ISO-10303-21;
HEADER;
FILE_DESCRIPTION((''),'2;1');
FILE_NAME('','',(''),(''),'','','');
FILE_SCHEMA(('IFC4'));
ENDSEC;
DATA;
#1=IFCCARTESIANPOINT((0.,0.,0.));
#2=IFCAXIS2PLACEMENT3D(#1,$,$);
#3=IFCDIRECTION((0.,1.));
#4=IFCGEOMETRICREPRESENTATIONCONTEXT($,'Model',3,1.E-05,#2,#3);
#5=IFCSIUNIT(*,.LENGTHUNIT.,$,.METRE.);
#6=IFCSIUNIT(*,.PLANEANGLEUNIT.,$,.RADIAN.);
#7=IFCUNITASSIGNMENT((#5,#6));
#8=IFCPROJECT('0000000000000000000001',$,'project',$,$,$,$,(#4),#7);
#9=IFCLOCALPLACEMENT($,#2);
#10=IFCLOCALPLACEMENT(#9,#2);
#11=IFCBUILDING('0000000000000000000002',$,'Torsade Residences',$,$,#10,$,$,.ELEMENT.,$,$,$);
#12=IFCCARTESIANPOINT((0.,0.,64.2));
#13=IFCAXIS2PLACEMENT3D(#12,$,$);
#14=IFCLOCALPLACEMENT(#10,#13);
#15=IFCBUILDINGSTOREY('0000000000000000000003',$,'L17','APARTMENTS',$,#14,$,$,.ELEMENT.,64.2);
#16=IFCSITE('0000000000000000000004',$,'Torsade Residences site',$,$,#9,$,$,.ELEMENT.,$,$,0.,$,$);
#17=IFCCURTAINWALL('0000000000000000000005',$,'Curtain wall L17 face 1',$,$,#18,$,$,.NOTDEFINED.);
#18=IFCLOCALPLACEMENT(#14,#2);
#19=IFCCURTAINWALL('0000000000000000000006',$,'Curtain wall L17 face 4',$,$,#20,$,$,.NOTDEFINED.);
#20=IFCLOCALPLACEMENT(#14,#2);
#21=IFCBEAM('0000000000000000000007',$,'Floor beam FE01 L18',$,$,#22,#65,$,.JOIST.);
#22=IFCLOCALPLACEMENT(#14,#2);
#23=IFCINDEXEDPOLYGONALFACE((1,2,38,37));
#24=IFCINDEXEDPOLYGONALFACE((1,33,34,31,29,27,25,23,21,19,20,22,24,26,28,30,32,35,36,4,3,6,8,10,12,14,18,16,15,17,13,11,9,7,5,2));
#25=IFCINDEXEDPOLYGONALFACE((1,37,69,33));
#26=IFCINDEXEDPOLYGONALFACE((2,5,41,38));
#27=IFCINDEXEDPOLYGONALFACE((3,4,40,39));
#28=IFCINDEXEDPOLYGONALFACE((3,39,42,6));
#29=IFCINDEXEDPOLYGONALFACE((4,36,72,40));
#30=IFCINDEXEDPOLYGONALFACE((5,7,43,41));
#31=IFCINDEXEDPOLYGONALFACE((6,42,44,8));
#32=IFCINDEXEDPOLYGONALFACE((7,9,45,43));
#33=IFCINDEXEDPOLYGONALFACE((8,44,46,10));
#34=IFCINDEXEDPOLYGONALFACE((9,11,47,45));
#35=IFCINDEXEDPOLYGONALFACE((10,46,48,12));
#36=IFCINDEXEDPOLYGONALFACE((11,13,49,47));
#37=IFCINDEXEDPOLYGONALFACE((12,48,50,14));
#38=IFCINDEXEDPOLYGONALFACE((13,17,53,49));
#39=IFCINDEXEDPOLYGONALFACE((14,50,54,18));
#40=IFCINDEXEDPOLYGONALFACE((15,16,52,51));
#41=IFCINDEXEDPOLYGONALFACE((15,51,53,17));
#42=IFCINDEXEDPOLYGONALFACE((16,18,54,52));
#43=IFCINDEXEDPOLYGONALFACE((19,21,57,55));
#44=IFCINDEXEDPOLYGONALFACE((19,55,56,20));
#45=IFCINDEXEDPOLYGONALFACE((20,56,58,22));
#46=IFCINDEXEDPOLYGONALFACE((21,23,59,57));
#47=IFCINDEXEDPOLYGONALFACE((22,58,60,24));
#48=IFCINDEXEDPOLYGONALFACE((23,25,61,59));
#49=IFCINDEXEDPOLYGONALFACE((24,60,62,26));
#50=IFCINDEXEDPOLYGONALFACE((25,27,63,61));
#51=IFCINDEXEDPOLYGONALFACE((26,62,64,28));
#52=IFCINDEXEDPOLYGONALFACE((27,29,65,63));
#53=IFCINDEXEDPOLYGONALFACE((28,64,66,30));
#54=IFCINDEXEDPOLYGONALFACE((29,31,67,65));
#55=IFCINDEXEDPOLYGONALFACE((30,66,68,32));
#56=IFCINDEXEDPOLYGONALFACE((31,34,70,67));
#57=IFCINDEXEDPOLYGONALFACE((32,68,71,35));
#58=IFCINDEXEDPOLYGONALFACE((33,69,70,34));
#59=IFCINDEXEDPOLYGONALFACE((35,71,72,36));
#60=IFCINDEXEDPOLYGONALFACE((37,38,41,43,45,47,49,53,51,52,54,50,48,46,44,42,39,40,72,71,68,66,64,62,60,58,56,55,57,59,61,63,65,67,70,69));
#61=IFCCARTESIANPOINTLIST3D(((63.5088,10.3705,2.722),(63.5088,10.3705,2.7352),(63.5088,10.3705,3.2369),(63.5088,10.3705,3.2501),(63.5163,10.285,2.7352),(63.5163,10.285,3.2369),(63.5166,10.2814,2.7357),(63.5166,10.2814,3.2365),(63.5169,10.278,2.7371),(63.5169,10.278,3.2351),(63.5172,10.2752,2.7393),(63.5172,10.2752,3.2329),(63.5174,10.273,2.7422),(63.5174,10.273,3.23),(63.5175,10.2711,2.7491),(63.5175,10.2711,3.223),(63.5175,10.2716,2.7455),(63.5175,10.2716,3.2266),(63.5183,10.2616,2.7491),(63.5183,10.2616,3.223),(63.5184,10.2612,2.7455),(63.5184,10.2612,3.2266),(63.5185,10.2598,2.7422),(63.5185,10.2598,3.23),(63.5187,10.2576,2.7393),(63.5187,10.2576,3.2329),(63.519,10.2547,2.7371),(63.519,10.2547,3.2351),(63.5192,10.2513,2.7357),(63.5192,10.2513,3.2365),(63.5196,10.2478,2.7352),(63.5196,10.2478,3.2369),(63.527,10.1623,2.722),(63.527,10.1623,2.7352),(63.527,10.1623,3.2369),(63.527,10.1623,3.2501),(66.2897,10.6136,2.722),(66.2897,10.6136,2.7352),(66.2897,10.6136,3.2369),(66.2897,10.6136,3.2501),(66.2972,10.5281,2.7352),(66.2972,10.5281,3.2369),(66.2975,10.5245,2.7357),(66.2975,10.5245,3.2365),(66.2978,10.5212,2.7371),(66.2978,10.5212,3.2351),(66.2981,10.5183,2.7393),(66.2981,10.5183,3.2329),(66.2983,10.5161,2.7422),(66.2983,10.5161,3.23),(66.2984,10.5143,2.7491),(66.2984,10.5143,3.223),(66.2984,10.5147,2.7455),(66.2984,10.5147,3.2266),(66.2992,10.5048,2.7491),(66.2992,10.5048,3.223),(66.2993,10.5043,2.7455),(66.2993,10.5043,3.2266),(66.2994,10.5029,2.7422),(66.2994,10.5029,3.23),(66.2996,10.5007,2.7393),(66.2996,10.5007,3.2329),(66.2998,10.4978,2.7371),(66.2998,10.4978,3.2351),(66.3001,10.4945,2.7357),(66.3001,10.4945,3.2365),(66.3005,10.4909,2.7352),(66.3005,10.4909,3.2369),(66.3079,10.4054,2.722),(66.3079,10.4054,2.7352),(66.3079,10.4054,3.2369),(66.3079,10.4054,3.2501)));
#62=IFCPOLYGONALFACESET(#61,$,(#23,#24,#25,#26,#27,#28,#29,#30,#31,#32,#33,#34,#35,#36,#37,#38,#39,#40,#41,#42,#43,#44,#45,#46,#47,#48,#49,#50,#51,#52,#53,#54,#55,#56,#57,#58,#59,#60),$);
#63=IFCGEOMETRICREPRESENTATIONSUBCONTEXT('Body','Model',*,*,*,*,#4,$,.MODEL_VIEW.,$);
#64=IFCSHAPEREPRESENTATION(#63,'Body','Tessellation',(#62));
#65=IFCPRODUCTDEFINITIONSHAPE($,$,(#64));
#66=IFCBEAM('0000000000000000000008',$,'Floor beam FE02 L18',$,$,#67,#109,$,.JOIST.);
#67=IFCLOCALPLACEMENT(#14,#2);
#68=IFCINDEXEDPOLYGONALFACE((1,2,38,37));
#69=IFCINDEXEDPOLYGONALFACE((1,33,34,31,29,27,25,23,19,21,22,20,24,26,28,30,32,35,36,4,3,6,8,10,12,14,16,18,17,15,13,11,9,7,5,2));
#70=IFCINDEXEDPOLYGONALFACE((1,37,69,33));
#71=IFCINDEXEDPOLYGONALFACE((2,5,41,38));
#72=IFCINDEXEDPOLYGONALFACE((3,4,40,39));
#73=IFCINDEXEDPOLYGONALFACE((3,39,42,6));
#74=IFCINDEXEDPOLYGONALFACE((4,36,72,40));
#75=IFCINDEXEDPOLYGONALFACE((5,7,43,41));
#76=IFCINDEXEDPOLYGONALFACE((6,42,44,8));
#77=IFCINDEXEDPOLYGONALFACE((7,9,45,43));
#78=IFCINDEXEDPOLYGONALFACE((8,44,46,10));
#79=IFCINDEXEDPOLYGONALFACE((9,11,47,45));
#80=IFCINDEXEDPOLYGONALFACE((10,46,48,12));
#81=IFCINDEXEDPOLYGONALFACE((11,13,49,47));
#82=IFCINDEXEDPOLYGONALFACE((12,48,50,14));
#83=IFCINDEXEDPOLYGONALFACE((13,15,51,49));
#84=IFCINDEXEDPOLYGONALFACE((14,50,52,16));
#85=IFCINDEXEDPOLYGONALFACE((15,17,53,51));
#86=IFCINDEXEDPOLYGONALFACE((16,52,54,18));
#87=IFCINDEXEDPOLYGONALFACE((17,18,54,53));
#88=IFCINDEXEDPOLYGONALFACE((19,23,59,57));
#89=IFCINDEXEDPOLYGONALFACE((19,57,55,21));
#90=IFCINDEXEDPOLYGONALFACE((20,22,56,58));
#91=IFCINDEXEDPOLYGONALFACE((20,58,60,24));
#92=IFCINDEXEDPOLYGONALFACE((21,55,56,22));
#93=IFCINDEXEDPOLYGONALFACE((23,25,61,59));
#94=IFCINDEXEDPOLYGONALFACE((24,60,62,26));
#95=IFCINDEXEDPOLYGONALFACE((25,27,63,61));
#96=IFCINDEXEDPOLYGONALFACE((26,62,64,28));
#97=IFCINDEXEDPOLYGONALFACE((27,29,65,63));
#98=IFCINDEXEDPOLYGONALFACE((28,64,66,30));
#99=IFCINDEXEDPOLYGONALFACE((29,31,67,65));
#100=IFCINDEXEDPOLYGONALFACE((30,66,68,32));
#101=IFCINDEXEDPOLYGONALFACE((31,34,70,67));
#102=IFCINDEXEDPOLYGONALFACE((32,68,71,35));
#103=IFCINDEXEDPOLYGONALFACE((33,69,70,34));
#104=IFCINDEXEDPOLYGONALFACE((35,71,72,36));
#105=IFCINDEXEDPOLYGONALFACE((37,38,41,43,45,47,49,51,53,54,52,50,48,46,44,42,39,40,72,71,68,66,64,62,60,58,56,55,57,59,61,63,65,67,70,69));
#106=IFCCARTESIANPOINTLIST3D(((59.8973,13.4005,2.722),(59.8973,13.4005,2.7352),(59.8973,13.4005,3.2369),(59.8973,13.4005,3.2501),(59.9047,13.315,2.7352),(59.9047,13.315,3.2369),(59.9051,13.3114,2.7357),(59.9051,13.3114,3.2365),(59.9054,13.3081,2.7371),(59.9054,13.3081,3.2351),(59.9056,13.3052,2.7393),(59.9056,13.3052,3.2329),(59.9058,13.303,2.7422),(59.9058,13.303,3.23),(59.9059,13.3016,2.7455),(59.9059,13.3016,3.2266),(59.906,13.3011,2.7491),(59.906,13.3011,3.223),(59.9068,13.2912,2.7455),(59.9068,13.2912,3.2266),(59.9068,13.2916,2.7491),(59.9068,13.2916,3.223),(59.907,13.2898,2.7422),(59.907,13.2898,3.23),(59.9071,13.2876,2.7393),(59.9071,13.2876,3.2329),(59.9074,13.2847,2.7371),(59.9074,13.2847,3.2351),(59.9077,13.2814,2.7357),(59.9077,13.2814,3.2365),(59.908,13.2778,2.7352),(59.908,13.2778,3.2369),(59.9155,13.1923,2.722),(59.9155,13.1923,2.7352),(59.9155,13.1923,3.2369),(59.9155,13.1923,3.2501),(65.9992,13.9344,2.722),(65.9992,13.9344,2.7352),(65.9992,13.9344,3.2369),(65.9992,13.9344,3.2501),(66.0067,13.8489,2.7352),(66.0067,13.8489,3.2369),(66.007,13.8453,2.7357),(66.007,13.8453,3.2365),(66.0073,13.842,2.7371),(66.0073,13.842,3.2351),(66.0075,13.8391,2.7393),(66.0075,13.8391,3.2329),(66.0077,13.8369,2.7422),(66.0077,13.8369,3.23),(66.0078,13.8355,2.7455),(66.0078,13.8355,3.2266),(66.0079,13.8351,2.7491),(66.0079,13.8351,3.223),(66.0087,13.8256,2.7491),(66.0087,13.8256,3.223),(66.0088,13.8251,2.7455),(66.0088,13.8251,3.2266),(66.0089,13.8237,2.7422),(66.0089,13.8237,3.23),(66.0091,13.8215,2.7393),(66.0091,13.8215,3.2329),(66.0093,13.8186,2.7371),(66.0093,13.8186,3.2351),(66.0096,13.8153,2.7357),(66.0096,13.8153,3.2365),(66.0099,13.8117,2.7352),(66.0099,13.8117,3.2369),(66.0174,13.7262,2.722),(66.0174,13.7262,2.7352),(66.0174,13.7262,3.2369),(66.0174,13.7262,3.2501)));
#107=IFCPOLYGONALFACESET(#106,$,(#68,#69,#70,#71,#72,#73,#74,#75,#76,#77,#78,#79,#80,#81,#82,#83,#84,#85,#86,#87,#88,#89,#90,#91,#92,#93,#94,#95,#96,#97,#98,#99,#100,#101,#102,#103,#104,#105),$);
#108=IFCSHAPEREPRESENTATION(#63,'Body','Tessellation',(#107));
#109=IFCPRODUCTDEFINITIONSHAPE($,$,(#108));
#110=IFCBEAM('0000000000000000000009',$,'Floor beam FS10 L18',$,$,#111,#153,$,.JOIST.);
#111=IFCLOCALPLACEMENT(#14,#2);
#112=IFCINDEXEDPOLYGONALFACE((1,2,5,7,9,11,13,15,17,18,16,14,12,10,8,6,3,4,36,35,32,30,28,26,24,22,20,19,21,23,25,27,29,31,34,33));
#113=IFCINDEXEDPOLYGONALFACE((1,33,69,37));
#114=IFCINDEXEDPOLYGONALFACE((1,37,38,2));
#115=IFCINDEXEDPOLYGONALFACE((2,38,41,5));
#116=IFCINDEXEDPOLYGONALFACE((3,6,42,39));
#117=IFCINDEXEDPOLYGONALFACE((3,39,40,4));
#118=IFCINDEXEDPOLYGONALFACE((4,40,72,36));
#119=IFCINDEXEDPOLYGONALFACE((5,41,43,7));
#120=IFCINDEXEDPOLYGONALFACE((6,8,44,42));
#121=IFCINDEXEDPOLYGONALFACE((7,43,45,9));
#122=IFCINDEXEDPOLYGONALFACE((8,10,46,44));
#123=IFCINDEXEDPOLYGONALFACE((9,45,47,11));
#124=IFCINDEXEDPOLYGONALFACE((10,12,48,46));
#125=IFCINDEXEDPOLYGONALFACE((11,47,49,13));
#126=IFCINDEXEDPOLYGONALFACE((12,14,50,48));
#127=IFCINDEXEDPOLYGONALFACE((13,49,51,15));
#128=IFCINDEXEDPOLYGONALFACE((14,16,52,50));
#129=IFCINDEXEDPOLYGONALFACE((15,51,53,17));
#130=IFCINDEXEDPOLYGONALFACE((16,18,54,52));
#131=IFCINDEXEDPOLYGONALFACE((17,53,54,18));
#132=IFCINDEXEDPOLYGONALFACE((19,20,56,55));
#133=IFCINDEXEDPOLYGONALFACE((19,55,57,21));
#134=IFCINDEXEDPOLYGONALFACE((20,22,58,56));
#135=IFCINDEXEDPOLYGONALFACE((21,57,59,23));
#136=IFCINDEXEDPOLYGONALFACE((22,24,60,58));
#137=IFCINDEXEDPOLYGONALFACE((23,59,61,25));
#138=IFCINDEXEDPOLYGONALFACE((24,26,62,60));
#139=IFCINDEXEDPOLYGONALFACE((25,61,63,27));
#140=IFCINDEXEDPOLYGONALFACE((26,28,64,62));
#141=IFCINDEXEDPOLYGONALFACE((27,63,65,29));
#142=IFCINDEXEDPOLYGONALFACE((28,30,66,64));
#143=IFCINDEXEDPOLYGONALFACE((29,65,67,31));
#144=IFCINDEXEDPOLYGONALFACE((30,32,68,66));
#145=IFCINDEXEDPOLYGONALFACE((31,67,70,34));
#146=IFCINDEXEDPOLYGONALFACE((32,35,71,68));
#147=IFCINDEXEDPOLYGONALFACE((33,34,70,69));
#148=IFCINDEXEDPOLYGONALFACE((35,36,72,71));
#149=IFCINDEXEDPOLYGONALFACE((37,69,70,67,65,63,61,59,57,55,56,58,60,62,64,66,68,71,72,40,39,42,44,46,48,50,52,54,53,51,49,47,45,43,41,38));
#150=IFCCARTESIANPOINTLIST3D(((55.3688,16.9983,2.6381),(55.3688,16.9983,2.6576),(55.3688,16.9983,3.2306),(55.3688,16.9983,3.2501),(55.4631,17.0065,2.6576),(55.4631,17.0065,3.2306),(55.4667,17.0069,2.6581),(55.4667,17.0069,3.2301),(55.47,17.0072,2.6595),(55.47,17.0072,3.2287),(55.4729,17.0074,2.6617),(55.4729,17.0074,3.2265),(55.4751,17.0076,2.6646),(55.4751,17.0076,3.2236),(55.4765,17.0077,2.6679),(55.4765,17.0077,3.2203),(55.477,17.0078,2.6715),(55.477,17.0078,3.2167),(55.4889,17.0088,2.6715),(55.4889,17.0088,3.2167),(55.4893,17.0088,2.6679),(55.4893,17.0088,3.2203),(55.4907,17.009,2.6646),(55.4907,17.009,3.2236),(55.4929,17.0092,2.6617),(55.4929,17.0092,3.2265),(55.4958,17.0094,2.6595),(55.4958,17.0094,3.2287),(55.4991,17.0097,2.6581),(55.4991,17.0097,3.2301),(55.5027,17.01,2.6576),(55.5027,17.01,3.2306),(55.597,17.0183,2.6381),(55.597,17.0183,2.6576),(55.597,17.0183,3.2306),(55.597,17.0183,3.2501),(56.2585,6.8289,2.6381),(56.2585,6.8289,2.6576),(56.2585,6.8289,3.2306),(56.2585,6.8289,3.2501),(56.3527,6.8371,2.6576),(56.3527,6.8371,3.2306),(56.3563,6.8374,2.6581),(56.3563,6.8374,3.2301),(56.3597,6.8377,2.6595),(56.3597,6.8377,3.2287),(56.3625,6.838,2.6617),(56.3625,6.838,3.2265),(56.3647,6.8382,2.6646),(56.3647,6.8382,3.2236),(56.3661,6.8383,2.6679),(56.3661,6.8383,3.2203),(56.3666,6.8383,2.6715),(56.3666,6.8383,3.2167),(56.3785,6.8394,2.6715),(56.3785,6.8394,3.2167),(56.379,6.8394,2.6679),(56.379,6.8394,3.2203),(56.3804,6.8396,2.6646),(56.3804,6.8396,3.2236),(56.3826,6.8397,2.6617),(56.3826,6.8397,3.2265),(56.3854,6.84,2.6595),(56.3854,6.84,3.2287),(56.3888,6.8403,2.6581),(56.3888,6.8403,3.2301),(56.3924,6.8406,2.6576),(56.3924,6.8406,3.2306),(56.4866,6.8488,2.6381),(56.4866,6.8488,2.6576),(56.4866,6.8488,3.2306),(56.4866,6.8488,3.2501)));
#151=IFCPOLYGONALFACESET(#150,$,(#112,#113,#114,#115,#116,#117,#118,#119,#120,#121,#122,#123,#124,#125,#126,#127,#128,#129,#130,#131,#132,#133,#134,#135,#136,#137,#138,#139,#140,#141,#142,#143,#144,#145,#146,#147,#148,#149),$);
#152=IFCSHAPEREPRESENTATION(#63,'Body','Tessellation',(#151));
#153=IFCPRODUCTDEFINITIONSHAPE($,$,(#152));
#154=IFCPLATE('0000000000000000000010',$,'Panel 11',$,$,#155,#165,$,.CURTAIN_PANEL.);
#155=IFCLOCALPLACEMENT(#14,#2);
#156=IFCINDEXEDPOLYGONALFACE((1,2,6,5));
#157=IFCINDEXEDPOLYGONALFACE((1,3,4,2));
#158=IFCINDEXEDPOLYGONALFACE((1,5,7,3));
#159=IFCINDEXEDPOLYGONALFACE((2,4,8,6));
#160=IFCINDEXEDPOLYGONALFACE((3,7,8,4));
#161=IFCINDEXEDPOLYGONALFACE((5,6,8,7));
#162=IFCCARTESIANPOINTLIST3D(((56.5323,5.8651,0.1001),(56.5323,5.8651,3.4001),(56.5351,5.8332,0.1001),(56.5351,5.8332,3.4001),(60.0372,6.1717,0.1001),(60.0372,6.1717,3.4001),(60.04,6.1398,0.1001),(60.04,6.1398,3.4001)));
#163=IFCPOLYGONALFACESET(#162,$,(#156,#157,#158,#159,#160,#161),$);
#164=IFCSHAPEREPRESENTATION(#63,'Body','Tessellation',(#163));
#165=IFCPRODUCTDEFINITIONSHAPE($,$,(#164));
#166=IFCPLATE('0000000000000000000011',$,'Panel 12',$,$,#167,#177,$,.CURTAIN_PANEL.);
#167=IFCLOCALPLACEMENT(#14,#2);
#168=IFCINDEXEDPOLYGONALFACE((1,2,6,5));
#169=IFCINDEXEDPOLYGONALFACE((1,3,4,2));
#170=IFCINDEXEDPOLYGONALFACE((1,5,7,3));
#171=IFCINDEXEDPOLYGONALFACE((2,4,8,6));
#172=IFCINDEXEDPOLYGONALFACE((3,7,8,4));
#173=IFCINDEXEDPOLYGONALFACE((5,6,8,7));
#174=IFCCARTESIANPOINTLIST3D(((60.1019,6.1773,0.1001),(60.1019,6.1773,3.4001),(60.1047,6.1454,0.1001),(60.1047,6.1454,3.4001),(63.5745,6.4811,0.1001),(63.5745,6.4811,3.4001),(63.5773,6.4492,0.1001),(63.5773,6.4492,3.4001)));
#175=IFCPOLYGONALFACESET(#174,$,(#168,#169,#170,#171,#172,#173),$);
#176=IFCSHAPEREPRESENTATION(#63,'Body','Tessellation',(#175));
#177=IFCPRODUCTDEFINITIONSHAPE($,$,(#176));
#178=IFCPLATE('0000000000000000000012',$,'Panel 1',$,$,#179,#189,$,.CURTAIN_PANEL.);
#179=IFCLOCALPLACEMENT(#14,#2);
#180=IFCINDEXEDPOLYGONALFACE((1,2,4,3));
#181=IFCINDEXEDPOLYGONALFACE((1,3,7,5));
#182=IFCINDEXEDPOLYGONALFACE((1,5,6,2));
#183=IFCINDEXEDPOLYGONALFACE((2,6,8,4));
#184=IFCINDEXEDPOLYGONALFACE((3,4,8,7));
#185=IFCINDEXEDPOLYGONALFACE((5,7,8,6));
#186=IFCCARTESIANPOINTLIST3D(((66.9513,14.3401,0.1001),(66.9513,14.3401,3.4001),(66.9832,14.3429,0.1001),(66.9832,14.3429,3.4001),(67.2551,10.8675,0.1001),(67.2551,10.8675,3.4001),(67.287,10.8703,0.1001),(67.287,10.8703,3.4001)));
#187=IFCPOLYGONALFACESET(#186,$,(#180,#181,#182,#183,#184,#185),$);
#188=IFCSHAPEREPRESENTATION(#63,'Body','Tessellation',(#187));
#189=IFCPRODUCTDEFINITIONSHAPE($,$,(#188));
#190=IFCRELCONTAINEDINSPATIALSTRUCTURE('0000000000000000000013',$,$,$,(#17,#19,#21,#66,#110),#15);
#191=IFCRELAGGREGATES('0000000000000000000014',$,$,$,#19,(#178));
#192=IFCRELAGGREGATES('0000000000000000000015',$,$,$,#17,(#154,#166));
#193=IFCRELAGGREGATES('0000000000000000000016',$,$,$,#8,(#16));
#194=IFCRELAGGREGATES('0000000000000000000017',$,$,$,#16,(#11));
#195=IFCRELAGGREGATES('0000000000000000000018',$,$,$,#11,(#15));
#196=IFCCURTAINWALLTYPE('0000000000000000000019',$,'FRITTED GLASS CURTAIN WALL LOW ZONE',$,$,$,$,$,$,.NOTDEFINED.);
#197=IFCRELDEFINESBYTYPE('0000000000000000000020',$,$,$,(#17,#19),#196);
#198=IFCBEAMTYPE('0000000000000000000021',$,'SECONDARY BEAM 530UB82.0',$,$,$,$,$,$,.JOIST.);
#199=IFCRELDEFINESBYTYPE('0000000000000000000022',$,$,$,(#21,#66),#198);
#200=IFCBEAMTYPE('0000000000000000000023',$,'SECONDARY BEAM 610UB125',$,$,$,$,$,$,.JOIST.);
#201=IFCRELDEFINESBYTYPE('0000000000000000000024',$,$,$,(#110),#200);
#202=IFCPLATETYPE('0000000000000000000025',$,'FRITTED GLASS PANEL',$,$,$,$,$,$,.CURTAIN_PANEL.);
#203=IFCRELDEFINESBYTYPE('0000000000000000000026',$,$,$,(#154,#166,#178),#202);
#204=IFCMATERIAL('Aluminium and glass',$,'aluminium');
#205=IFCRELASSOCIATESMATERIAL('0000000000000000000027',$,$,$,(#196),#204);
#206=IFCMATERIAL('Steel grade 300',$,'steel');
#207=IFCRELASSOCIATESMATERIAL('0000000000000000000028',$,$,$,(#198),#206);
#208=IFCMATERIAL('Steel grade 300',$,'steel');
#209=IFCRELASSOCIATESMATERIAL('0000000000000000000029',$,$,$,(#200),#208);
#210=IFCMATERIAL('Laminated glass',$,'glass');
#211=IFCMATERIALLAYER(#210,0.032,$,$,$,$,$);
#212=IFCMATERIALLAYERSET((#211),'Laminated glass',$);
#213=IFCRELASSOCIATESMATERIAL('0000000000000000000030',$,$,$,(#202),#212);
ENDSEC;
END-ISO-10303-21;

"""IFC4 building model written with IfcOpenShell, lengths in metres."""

from ifc_helpers import new_model, si_unit, direction, frame, origin, origin_2d, place, context, subcontext, project, spatial, rectangle, i_section, extrude, material, layer, layer_set, material_profile, profile_set, type_object, element, aggregate, save


model = new_model("IFC4")

# Units and contexts
model_context = context("Model", 3, precision=1e-05, world=origin(), true_north=direction((0.0, 1.0)))
body_context = subcontext(model_context, "Body", "Model", "MODEL_VIEW")
ifc_project = project(units=[si_unit("LENGTHUNIT", "METRE"), si_unit("PLANEANGLEUNIT", "RADIAN")], contexts=[model_context])

# Site, building, storey
site_placement = place(None, origin())
site = spatial("IfcSite", under=ifc_project, at=site_placement, Name="Torsade Residences site", CompositionType="ELEMENT", RefElevation=0.0)
building_placement = place(site_placement, origin())
building = spatial("IfcBuilding", under=site, at=building_placement, Name="Torsade Residences", CompositionType="ELEMENT")
storey_placement = place(building_placement, frame((0.0, 0.0, 64.2)))
storey = spatial("IfcBuildingStorey", under=building, at=storey_placement, Name="L17", Description="APARTMENTS", CompositionType="ELEMENT", Elevation=64.2)

# Curtain wall
ifc_material_1 = material(Name="Aluminium and glass", Category="aluminium")
curtain_wall_type = type_object("IfcCurtainWallType", Name="FRITTED GLASS CURTAIN WALL LOW ZONE", PredefinedType="NOTDEFINED", material=ifc_material_1)
curtain_wall_1_placement = place(storey_placement, origin())
curtain_wall_1 = element("IfcCurtainWall", 1, at=curtain_wall_1_placement, inside=storey, type_object=curtain_wall_type, Name="Curtain wall L17 face 1", PredefinedType="NOTDEFINED")

# Curtain wall
curtain_wall_2_placement = place(storey_placement, origin())
curtain_wall_2 = element("IfcCurtainWall", 2, at=curtain_wall_2_placement, inside=storey, type_object=curtain_wall_type, Name="Curtain wall L17 face 4", PredefinedType="NOTDEFINED")

# Beams
ifc_material_2 = material(Name="Steel grade 300", Category="steel")
ifc_material_profile_1 = material_profile(ifc_material_2, i_section(OverallWidth=0.209, OverallDepth=0.5281, WebThickness=0.0095, FlangeThickness=0.0132, FilletRadius=0.0139, at=origin_2d()), Name="530UB82.0")
ifc_profile_set_1 = profile_set([ifc_material_profile_1], Name="Steel grade 300")
beam_type_1 = type_object("IfcBeamType", Name="SECONDARY BEAM 530UB82.0", PredefinedType="JOIST", material=ifc_profile_set_1)
for number, where, z_axis, x_axis, name in (
    (3, (66.2988, 10.5095, 2.9861), (-0.996199, -0.087105, 0.0), (0.087105, -0.996199, 0.0), "Floor beam FE01 L18"),
):
    element("IfcBeam", number, at=place(storey_placement, frame(where, z_axis=z_axis, x_axis=x_axis)), inside=storey, type_object=beam_type_1, Name=name, PredefinedType="JOIST", context=body_context, shape_type="SweptSolid", body=[
        extrude(i_section(OverallWidth=0.209, OverallDepth=0.5281, WebThickness=0.0095, FlangeThickness=0.0132, FilletRadius=0.0139, at=origin_2d()), origin(), (0.0, 0.0, 1.0), 2.7915),
    ])
beam_1_placement = place(storey_placement, frame((66.0083, 13.8303, 2.9861), z_axis=(-0.996193, -0.087171, 0.0), x_axis=(0.087171, -0.996193, 0.0)))
element("IfcBeam", 4, at=beam_1_placement, inside=storey, type_object=beam_type_1, Name="Floor beam FE02 L18", PredefinedType="JOIST", context=body_context, shape_type="SweptSolid", body=[
    extrude(i_section(OverallWidth=0.209, OverallDepth=0.5281, WebThickness=0.0095, FlangeThickness=0.0132, FilletRadius=0.0139, at=origin_2d()), origin(), (0.0, 0.0, 1.0), 6.1252),
])
ifc_material_3 = material(Name="Steel grade 300", Category="steel")
ifc_material_profile_2 = material_profile(ifc_material_3, i_section(OverallWidth=0.229, OverallDepth=0.6121, WebThickness=0.012, FlangeThickness=0.0195, FilletRadius=0.0139, at=origin_2d()), Name="610UB125")
ifc_profile_set_2 = profile_set([ifc_material_profile_2], Name="Steel grade 300")
beam_type_2 = type_object("IfcBeamType", Name="SECONDARY BEAM 610UB125", PredefinedType="JOIST", material=ifc_profile_set_2)
beam_2_placement = place(storey_placement, frame((56.3726, 6.8389, 2.9441), z_axis=(-0.08715, 0.996195, 0.0), x_axis=(-0.996195, -0.08715, 0.0)))
element("IfcBeam", 5, at=beam_2_placement, inside=storey, type_object=beam_type_2, Name="Floor beam FS10 L18", PredefinedType="JOIST", context=body_context, shape_type="SweptSolid", body=[
    extrude(i_section(OverallWidth=0.229, OverallDepth=0.6121, WebThickness=0.012, FlangeThickness=0.0195, FilletRadius=0.0139, at=origin_2d()), origin(), (0.0, 0.0, 1.0), 10.2083),
])

# Plates
ifc_material_4 = material(Name="Laminated glass", Category="glass")
ifc_layer_1 = layer(ifc_material_4, 0.032)
ifc_layer_set_1 = layer_set([ifc_layer_1], Name="Laminated glass")
plate_type_1 = type_object("IfcPlateType", Name="FRITTED GLASS PANEL", PredefinedType="CURTAIN_PANEL", material=ifc_layer_set_1)
plate_1_placement = place(storey_placement, frame((58.2861, 6.0024, 0.1001), z_axis=(0.0, 0.0, 1.0), x_axis=(0.996195, 0.087156, 0.0)))
plate_1 = element("IfcPlate", 6, at=plate_1_placement, type_object=plate_type_1, Name="Panel 11", PredefinedType="CURTAIN_PANEL", context=body_context, shape_type="SweptSolid", body=[
    extrude(rectangle(XDim=3.5183, YDim=0.032, at=origin_2d()), origin(), (0.0, 0.0, 1.0), 3.3),
])
plate_2_placement = place(storey_placement, frame((61.8396, 6.3132, 0.1001), z_axis=(0.0, 0.0, 1.0), x_axis=(0.996195, 0.087156, 0.0)))
plate_2 = element("IfcPlate", 7, at=plate_2_placement, type_object=plate_type_1, Name="Panel 12", PredefinedType="CURTAIN_PANEL", context=body_context, shape_type="SweptSolid", body=[
    extrude(rectangle(XDim=3.4858, YDim=0.032, at=origin_2d()), origin(), (0.0, 0.0, 1.0), 3.3),
])
plate_3_placement = place(storey_placement, frame((67.1191, 12.6052, 0.1001), z_axis=(0.0, 0.0, 1.0), x_axis=(-0.087156, 0.996195, 0.0)))
plate_3 = element("IfcPlate", 8, at=plate_3_placement, type_object=plate_type_1, Name="Panel 1", PredefinedType="CURTAIN_PANEL", context=body_context, shape_type="SweptSolid", body=[
    extrude(rectangle(XDim=3.4858, YDim=0.032, at=origin_2d()), origin(), (0.0, 0.0, 1.0), 3.3),
])
aggregate(curtain_wall_2, [plate_3])
aggregate(curtain_wall_1, [plate_1, plate_2])

save(model, "model.ifc")
